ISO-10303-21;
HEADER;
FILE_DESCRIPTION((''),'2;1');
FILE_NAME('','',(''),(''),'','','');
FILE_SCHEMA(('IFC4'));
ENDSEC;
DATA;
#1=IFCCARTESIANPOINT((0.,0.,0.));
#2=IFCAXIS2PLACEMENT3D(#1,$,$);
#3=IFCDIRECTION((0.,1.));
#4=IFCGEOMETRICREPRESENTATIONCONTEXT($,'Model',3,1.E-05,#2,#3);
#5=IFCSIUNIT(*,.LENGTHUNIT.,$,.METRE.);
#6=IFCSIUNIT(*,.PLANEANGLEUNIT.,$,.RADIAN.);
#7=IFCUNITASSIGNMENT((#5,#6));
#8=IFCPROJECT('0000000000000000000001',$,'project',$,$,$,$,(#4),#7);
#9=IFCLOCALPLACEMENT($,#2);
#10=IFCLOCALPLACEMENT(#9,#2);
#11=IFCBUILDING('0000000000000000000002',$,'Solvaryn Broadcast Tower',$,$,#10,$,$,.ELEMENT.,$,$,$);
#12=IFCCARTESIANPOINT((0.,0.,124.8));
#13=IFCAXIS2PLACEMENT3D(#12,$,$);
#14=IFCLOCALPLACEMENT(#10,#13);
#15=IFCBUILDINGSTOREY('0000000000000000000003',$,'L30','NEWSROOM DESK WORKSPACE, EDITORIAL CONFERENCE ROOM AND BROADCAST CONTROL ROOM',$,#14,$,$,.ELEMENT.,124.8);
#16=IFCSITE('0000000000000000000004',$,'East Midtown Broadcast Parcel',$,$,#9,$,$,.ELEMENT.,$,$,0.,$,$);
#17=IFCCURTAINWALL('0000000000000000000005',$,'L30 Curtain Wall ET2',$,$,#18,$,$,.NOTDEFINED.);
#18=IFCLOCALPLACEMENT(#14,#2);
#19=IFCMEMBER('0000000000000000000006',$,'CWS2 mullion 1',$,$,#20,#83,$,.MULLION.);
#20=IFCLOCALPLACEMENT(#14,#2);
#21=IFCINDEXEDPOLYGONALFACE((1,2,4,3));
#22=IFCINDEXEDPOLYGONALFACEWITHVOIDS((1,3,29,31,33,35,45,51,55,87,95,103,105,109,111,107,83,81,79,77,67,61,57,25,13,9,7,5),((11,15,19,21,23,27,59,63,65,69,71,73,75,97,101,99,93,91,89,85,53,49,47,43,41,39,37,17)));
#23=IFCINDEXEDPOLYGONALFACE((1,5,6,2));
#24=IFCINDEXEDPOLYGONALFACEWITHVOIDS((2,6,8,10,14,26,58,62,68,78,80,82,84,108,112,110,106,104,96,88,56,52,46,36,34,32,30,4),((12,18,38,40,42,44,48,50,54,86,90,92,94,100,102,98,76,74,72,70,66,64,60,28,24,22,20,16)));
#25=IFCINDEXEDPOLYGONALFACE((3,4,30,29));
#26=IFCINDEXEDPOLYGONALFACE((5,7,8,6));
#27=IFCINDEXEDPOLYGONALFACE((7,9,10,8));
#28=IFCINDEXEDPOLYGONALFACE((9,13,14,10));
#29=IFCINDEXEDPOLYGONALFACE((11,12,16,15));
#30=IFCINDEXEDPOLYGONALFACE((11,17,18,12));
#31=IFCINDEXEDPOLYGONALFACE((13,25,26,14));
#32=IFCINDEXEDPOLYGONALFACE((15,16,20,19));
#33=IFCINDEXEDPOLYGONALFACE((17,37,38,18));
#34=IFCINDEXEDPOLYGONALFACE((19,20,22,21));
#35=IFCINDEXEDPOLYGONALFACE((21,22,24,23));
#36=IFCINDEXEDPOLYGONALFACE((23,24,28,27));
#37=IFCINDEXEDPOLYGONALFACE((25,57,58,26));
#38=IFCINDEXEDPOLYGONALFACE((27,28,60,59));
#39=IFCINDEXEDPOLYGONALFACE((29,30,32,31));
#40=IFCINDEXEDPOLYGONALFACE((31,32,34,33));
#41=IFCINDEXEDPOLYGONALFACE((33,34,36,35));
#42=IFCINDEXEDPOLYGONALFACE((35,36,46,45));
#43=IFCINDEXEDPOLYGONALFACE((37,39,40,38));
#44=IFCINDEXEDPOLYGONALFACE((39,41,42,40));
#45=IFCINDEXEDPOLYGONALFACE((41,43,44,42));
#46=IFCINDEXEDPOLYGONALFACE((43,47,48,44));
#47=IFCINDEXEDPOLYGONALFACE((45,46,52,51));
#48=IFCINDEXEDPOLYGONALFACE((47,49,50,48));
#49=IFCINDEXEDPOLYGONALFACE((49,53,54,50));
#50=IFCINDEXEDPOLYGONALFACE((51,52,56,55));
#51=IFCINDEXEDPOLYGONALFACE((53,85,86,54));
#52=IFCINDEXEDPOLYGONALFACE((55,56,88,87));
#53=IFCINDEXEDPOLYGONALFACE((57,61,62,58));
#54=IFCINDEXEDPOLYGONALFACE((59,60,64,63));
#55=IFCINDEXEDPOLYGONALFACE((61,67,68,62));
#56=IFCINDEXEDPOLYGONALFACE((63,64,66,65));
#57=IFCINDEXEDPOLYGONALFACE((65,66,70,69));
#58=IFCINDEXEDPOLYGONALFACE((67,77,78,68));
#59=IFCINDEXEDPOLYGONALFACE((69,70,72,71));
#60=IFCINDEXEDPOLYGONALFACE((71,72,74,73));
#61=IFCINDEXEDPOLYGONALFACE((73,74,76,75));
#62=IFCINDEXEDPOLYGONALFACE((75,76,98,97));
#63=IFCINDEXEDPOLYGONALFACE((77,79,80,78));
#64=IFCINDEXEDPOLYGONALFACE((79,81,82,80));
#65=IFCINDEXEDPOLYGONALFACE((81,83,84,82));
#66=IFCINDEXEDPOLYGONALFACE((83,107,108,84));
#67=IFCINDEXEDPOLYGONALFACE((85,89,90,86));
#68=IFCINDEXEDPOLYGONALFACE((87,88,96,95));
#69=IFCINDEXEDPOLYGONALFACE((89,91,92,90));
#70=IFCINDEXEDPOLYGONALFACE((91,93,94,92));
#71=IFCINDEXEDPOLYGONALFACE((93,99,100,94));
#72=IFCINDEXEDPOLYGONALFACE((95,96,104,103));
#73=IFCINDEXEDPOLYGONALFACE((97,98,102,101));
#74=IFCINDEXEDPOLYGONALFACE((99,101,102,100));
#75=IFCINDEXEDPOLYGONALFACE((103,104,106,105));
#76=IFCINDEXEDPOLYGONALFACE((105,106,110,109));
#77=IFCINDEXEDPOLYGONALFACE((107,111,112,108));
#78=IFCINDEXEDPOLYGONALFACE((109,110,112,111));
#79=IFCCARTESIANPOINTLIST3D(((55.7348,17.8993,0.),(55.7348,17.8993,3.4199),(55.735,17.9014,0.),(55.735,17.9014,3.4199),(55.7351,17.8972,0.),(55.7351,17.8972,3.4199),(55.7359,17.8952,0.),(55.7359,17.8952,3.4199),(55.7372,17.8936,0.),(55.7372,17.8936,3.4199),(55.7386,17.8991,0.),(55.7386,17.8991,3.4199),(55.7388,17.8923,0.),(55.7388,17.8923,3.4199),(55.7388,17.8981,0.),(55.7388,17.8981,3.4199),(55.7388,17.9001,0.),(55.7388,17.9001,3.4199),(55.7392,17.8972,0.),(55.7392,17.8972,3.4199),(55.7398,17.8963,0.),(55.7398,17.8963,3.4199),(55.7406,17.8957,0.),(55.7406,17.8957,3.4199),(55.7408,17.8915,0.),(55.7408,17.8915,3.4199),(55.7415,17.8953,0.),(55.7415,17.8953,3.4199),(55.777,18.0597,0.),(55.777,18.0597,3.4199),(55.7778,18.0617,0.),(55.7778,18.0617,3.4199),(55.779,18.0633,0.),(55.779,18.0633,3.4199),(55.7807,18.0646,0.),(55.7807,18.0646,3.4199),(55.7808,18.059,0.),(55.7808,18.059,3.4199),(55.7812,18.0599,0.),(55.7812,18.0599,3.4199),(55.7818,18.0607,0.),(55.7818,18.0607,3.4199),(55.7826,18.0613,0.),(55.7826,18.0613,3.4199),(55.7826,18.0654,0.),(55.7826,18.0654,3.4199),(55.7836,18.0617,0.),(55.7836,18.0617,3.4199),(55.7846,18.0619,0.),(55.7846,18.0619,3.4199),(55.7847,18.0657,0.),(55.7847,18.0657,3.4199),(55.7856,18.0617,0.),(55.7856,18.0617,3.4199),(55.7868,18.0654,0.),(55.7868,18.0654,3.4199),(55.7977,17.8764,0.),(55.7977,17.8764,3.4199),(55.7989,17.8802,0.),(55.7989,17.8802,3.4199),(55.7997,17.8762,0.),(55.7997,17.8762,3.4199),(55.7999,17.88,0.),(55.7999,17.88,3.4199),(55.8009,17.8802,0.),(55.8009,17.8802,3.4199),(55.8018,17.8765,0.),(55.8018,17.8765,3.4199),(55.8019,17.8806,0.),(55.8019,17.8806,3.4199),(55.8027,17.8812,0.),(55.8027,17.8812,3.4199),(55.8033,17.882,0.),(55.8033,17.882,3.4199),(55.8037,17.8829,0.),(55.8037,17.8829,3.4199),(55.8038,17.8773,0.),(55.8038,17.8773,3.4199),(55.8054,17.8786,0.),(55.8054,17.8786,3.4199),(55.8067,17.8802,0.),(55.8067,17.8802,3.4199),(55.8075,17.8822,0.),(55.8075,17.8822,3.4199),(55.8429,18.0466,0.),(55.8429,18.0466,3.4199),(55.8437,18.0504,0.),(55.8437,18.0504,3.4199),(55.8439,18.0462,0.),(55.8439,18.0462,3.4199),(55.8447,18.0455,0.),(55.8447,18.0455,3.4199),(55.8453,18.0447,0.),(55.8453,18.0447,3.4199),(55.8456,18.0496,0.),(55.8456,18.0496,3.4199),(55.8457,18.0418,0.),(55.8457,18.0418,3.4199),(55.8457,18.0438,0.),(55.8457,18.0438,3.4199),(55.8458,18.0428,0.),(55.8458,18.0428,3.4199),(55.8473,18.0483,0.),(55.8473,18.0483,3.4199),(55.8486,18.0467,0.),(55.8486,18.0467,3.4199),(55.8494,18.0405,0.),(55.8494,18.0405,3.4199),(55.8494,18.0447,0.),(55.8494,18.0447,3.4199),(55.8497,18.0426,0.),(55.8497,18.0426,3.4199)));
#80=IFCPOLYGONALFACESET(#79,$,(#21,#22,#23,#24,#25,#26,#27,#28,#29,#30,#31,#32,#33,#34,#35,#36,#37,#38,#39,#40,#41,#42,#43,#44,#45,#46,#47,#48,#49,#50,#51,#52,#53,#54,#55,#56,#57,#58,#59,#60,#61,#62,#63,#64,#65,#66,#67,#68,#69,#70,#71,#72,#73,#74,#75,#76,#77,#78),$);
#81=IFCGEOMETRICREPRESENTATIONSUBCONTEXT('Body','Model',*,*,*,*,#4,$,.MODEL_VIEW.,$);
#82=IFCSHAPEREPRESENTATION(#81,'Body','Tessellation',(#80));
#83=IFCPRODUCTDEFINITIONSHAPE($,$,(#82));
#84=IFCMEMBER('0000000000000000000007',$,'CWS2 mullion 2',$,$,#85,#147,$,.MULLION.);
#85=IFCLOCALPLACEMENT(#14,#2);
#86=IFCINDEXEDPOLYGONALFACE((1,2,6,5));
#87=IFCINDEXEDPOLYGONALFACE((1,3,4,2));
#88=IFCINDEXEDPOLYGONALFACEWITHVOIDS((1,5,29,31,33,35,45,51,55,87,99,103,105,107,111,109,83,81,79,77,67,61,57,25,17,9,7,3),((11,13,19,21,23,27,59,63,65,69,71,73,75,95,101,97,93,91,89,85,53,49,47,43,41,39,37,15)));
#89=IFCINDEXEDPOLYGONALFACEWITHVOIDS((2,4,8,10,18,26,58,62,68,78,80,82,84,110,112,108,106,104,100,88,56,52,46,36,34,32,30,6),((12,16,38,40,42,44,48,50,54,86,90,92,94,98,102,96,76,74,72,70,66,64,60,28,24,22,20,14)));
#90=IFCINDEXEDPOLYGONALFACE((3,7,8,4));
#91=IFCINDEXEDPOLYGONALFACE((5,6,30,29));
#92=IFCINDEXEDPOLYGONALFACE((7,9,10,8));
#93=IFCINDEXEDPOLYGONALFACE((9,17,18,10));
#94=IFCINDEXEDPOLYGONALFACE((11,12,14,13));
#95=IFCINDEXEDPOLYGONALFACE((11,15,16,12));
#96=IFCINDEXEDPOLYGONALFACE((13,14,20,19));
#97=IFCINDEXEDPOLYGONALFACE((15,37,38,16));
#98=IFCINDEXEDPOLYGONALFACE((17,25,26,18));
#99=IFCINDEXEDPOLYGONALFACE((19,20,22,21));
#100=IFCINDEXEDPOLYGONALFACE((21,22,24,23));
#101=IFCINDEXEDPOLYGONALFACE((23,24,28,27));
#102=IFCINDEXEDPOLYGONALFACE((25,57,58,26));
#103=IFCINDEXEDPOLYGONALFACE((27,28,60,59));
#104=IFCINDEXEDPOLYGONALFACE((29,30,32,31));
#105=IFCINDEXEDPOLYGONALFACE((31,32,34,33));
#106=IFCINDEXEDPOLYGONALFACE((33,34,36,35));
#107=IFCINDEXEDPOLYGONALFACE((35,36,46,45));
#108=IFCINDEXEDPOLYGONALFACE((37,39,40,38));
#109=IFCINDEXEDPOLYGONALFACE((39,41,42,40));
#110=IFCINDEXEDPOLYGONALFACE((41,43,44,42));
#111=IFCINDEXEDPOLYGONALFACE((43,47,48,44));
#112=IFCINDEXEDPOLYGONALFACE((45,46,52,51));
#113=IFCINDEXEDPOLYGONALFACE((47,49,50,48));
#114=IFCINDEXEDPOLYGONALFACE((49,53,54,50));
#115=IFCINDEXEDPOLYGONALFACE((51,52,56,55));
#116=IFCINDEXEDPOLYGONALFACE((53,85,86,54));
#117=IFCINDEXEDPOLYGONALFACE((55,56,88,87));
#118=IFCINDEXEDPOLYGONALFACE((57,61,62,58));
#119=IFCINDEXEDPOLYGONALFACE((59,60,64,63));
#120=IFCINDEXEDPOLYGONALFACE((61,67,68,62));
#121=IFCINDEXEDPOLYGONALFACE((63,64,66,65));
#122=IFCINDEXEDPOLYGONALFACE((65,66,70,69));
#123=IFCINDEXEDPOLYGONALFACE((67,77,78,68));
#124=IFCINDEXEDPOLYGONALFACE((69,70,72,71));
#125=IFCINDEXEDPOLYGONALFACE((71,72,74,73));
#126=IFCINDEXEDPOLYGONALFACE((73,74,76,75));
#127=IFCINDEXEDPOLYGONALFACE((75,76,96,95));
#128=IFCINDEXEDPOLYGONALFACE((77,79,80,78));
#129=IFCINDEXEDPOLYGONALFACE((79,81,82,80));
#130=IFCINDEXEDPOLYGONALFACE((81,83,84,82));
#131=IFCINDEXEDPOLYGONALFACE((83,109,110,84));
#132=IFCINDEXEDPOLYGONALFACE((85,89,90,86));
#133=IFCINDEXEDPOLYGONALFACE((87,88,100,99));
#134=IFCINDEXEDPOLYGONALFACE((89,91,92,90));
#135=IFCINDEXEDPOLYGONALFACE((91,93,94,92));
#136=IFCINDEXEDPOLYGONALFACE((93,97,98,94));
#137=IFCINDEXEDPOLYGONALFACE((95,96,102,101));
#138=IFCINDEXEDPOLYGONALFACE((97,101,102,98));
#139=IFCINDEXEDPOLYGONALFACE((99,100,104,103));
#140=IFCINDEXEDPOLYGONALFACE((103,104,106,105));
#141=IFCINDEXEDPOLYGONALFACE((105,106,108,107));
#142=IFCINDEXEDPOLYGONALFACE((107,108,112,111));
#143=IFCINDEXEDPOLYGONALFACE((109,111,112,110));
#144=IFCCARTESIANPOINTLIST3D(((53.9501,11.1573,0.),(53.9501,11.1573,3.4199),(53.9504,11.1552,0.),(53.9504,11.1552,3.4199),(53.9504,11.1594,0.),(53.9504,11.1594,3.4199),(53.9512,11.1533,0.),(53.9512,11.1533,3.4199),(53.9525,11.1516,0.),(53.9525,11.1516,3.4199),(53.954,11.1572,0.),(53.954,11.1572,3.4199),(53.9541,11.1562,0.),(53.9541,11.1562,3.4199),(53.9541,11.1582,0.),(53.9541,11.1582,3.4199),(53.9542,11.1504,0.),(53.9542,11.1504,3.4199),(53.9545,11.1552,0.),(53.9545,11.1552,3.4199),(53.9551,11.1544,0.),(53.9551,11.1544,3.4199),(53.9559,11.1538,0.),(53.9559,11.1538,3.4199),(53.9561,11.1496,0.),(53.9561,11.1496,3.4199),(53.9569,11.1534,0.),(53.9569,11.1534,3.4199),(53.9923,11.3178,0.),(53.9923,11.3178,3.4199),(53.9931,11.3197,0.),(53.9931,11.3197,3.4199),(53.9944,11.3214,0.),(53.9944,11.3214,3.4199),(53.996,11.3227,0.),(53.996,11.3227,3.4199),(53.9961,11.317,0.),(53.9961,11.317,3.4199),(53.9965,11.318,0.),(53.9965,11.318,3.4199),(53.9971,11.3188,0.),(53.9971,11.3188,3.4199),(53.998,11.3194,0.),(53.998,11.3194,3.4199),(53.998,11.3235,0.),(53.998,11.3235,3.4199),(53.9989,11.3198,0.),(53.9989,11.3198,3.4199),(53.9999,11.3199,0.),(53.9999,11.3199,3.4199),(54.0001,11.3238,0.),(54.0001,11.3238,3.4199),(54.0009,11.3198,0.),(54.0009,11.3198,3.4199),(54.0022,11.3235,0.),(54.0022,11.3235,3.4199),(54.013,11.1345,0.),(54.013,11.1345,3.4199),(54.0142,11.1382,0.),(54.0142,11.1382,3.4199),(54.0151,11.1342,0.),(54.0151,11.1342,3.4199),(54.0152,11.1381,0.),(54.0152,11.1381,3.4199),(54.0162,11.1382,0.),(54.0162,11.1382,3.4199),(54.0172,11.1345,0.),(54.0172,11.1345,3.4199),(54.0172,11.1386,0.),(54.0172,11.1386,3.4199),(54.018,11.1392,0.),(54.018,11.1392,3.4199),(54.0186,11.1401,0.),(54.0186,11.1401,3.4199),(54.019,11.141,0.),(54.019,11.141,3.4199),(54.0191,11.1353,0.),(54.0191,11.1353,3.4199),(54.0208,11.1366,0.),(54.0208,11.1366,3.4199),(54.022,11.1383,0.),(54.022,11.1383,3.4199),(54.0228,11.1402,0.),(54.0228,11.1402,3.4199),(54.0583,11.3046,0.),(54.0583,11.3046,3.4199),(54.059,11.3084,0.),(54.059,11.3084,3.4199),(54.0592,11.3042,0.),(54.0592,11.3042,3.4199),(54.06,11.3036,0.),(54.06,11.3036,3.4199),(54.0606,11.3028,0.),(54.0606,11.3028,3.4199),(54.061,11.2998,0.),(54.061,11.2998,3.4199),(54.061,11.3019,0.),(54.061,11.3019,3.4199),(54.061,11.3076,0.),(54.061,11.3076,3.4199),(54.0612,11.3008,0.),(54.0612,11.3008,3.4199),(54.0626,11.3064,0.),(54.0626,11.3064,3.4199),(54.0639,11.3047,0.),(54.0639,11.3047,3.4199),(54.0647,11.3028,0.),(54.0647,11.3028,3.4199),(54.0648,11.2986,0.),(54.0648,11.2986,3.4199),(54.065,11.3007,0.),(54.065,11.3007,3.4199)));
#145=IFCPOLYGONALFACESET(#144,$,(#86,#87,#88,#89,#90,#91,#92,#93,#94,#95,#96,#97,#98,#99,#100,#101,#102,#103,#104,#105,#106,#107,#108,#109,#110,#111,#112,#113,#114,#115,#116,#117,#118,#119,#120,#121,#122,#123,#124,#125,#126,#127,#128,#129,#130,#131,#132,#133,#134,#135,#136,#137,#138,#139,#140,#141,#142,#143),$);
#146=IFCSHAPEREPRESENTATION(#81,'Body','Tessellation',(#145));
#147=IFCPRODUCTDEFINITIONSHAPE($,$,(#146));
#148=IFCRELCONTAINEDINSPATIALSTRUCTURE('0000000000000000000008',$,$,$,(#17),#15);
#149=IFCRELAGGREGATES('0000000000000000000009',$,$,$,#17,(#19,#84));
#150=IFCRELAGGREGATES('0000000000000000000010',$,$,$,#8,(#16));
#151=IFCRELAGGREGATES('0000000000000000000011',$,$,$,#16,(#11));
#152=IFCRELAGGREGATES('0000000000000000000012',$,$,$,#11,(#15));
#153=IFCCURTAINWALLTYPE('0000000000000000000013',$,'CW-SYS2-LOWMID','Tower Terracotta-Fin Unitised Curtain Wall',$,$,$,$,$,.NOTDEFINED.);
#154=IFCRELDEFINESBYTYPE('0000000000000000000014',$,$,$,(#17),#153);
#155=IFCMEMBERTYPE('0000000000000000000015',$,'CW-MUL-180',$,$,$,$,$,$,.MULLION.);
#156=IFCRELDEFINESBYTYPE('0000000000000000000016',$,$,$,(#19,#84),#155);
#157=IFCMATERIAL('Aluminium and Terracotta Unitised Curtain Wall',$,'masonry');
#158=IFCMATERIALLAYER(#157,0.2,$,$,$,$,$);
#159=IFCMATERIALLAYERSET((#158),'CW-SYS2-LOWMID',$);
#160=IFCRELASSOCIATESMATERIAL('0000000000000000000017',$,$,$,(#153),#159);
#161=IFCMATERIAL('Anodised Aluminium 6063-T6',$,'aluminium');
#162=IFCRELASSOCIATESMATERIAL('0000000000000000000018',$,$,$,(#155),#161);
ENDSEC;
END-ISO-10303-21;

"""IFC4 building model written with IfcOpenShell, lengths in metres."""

from ifc_helpers import new_model, si_unit, direction, frame, origin, origin_2d, place, context, subcontext, project, spatial, hollow_rectangle, extrude, material, layer, layer_set, material_profile, profile_set, type_object, element, aggregate, save


model = new_model("IFC4")

# Units and contexts
model_context = context("Model", 3, precision=1e-05, world=origin(), true_north=direction((0.0, 1.0)))
body_context = subcontext(model_context, "Body", "Model", "MODEL_VIEW")
ifc_project = project(units=[si_unit("LENGTHUNIT", "METRE"), si_unit("PLANEANGLEUNIT", "RADIAN")], contexts=[model_context])

# Site, building, storey
site_placement = place(None, origin())
site = spatial("IfcSite", under=ifc_project, at=site_placement, Name="East Midtown Broadcast Parcel", CompositionType="ELEMENT", RefElevation=0.0)
building_placement = place(site_placement, origin())
building = spatial("IfcBuilding", under=site, at=building_placement, Name="Solvaryn Broadcast Tower", CompositionType="ELEMENT")
storey_placement = place(building_placement, frame((0.0, 0.0, 124.8)))
storey = spatial("IfcBuildingStorey", under=building, at=storey_placement, Name="L30", Description="NEWSROOM DESK WORKSPACE, EDITORIAL CONFERENCE ROOM AND BROADCAST CONTROL ROOM", CompositionType="ELEMENT", Elevation=124.8)

# Shared definitions
ifc_material_1 = material(Name="Aluminium and Terracotta Unitised Curtain Wall", Category="masonry")
ifc_layer_1 = layer(ifc_material_1, 0.2)
ifc_layer_set_1 = layer_set([ifc_layer_1], Name="CW-SYS2-LOWMID")
curtain_wall_type = type_object("IfcCurtainWallType", Name="CW-SYS2-LOWMID", Description="Tower Terracotta-Fin Unitised Curtain Wall", PredefinedType="NOTDEFINED", material=ifc_layer_set_1)
ifc_material_2 = material(Name="Anodised Aluminium 6063-T6", Category="aluminium")
ifc_material_profile_1 = material_profile(ifc_material_2, hollow_rectangle(XDim=0.075, YDim=0.1799, WallThickness=0.0039, InnerFilletRadius=0.0039, OuterFilletRadius=0.0081, at=origin_2d()))
ifc_profile_set_1 = profile_set([ifc_material_profile_1], Name="Anodised Aluminium 6063-T6")
member_type_1 = type_object("IfcMemberType", Name="CW-MUL-180", PredefinedType="MULLION", material=ifc_profile_set_1)

# Curtain wall, members
curtain_wall_1_placement = place(storey_placement, origin())
curtain_wall_1 = element("IfcCurtainWall", 1, at=curtain_wall_1_placement, inside=storey, type_object=curtain_wall_type, Name="L30 Curtain Wall ET2", PredefinedType="NOTDEFINED")
member_1_placement = place(storey_placement, frame((55.7922, 17.9709, 0.0), z_axis=(0.0, 0.0, 1.0), x_axis=(0.966705, -0.255893, 0.0)))
member_1 = element("IfcMember", 2, at=member_1_placement, type_object=member_type_1, Name="CWS2 mullion 1", PredefinedType="MULLION", context=body_context, shape_type="SweptSolid", body=[
    extrude(hollow_rectangle(XDim=0.075, YDim=0.1799, WallThickness=0.0039, InnerFilletRadius=0.0039, OuterFilletRadius=0.0081, at=origin_2d()), origin(), (0.0, 0.0, 1.0), 3.4199),
])
member_2_placement = place(storey_placement, frame((54.0076, 11.229, 0.0), z_axis=(0.0, 0.0, 1.0), x_axis=(0.966705, -0.255893, 0.0)))
member_2 = element("IfcMember", 3, at=member_2_placement, type_object=member_type_1, Name="CWS2 mullion 2", PredefinedType="MULLION", context=body_context, shape_type="SweptSolid", body=[
    extrude(hollow_rectangle(XDim=0.075, YDim=0.1799, WallThickness=0.0039, InnerFilletRadius=0.0039, OuterFilletRadius=0.0081, at=origin_2d()), origin(), (0.0, 0.0, 1.0), 3.4199),
])

aggregate(curtain_wall_1, [member_1, member_2])

save(model, "model.ifc")
